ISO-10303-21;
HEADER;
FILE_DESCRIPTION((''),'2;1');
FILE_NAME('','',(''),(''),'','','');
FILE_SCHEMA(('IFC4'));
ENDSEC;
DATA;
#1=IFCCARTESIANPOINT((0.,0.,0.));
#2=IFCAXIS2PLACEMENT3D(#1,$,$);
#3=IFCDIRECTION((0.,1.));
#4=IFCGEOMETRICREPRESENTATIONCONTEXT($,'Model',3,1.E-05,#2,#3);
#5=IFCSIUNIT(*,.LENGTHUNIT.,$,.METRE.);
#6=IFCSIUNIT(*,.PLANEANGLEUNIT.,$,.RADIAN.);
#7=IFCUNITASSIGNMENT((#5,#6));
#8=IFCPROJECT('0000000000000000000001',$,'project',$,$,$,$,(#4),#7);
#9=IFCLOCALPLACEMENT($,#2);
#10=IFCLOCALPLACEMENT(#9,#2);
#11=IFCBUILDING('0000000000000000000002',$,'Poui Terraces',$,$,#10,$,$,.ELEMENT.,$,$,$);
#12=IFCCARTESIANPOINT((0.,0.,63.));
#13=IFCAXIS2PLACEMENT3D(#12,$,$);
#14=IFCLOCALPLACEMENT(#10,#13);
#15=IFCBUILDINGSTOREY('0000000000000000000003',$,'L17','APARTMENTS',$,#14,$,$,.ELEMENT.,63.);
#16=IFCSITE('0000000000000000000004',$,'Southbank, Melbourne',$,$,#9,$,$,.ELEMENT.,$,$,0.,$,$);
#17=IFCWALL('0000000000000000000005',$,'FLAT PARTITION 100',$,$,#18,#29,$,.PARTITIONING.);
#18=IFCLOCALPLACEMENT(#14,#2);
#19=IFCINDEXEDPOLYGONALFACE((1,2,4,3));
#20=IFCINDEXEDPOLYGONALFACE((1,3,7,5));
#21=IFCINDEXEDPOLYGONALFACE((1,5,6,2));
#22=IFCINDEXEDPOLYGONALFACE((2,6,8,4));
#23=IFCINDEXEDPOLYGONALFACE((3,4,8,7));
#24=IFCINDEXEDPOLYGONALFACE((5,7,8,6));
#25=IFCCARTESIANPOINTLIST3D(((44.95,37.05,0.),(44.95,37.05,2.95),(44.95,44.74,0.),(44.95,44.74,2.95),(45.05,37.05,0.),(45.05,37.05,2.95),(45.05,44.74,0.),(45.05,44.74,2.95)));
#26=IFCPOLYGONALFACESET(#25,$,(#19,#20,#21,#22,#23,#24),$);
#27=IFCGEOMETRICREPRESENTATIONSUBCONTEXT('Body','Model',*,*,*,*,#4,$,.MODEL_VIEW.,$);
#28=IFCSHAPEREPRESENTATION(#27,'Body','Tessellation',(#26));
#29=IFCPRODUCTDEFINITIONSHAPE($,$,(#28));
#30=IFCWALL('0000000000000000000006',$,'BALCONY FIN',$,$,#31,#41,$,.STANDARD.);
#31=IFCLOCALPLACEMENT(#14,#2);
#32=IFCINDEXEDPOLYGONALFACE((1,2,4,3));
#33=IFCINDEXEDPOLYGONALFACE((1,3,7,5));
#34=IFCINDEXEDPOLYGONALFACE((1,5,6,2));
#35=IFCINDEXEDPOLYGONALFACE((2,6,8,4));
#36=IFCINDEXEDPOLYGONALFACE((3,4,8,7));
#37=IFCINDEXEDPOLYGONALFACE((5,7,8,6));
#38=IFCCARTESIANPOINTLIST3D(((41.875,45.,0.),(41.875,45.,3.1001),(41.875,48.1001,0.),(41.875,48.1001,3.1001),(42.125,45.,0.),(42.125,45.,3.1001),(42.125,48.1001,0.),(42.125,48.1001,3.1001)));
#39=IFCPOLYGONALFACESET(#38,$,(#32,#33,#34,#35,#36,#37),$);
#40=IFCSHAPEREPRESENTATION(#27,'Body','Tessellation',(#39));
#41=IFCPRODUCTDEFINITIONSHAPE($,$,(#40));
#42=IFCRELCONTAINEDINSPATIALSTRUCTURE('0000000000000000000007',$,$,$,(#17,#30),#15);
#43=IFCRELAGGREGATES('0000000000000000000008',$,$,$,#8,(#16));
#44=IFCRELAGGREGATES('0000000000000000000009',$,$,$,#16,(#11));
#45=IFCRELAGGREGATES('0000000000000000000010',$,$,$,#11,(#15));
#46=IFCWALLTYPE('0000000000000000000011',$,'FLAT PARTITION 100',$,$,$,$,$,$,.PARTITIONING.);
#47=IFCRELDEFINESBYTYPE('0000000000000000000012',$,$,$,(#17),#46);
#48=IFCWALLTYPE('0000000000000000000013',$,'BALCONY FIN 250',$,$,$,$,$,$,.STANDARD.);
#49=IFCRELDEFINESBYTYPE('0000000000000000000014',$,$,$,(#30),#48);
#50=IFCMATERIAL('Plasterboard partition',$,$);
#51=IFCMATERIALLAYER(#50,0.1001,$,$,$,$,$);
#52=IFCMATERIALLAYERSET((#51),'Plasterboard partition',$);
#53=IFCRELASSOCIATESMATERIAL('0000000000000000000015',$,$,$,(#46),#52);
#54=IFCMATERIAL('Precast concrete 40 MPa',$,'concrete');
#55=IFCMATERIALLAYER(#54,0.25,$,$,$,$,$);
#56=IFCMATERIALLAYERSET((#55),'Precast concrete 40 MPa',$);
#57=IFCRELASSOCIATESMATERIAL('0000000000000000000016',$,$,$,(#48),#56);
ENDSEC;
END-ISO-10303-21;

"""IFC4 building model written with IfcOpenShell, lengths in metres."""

from ifc_helpers import new_model, si_unit, direction, frame, frame_2d, origin, place, context, subcontext, project, spatial, polyline, rectangle, outline, extrude, source, transform, mapped, material, layer, layer_set, type_object, element, save


model = new_model("IFC4")

# Units and contexts
model_context = context("Model", 3, precision=1e-05, world=origin(), true_north=direction((0.0, 1.0)))
body_context = subcontext(model_context, "Body", "Model", "MODEL_VIEW")
ifc_project = project(units=[si_unit("LENGTHUNIT", "METRE"), si_unit("PLANEANGLEUNIT", "RADIAN")], contexts=[model_context])

# Site, building, storey
site_placement = place(None, origin())
site = spatial("IfcSite", under=ifc_project, at=site_placement, Name="Southbank, Melbourne", CompositionType="ELEMENT", RefElevation=0.0)
building_placement = place(site_placement, origin())
building = spatial("IfcBuilding", under=site, at=building_placement, Name="Poui Terraces", CompositionType="ELEMENT")
storey_placement = place(building_placement, frame((0.0, 0.0, 63.0)))
storey = spatial("IfcBuildingStorey", under=building, at=storey_placement, Name="L17", Description="APARTMENTS", CompositionType="ELEMENT", Elevation=63.0)

# Shared definitions
ifc_material_1 = material(Name="Plasterboard partition")
ifc_layer_1 = layer(ifc_material_1, 0.1001)
ifc_layer_set_1 = layer_set([ifc_layer_1], Name="Plasterboard partition")
wall_type_1 = type_object("IfcWallType", Name="FLAT PARTITION 100", PredefinedType="PARTITIONING", material=ifc_layer_set_1)

# Walls
wall_1_placement = place(storey_placement, frame((45.0, 37.05, 0.0), z_axis=(0.0, 0.0, 1.0), x_axis=(0.0, 1.0, 0.0)))
element("IfcWall", 1, at=wall_1_placement, inside=storey, type_object=wall_type_1, Name="FLAT PARTITION 100", PredefinedType="PARTITIONING", context=body_context, shape_type="SweptSolid", body=[
    extrude(rectangle(XDim=7.6899, YDim=0.1001, at=frame_2d((3.845, 0.0))), origin(), (0.0, 0.0, 1.0), 2.95),
])
ifc_material_2 = material(Name="Precast concrete 40 MPa", Category="concrete")
ifc_layer_2 = layer(ifc_material_2, 0.25)
ifc_layer_set_2 = layer_set([ifc_layer_2], Name="Precast concrete 40 MPa")
wall_type_2 = type_object("IfcWallType", Name="BALCONY FIN 250", PredefinedType="STANDARD", material=ifc_layer_set_2)
shared_shape_1 = source(origin(), body_context, "Body", "SweptSolid", [
    extrude(outline(polyline([(0.0, 0.0), (0.25, 0.0), (0.25, 3.1001), (0.0, 3.1001), (0.0, 0.0)])), origin(), (0.0, 0.0, 1.0), 3.1001),
])
wall_2_placement = place(storey_placement, frame((41.875, 45.0, 0.0)))
element("IfcWall", 2, at=wall_2_placement, inside=storey, type_object=wall_type_2, Name="BALCONY FIN", PredefinedType="STANDARD", context=body_context, shape_type="MappedRepresentation", body=[
    mapped(shared_shape_1, transform((0.0, 0.0, 0.0))),
])

save(model, "model.ifc")
